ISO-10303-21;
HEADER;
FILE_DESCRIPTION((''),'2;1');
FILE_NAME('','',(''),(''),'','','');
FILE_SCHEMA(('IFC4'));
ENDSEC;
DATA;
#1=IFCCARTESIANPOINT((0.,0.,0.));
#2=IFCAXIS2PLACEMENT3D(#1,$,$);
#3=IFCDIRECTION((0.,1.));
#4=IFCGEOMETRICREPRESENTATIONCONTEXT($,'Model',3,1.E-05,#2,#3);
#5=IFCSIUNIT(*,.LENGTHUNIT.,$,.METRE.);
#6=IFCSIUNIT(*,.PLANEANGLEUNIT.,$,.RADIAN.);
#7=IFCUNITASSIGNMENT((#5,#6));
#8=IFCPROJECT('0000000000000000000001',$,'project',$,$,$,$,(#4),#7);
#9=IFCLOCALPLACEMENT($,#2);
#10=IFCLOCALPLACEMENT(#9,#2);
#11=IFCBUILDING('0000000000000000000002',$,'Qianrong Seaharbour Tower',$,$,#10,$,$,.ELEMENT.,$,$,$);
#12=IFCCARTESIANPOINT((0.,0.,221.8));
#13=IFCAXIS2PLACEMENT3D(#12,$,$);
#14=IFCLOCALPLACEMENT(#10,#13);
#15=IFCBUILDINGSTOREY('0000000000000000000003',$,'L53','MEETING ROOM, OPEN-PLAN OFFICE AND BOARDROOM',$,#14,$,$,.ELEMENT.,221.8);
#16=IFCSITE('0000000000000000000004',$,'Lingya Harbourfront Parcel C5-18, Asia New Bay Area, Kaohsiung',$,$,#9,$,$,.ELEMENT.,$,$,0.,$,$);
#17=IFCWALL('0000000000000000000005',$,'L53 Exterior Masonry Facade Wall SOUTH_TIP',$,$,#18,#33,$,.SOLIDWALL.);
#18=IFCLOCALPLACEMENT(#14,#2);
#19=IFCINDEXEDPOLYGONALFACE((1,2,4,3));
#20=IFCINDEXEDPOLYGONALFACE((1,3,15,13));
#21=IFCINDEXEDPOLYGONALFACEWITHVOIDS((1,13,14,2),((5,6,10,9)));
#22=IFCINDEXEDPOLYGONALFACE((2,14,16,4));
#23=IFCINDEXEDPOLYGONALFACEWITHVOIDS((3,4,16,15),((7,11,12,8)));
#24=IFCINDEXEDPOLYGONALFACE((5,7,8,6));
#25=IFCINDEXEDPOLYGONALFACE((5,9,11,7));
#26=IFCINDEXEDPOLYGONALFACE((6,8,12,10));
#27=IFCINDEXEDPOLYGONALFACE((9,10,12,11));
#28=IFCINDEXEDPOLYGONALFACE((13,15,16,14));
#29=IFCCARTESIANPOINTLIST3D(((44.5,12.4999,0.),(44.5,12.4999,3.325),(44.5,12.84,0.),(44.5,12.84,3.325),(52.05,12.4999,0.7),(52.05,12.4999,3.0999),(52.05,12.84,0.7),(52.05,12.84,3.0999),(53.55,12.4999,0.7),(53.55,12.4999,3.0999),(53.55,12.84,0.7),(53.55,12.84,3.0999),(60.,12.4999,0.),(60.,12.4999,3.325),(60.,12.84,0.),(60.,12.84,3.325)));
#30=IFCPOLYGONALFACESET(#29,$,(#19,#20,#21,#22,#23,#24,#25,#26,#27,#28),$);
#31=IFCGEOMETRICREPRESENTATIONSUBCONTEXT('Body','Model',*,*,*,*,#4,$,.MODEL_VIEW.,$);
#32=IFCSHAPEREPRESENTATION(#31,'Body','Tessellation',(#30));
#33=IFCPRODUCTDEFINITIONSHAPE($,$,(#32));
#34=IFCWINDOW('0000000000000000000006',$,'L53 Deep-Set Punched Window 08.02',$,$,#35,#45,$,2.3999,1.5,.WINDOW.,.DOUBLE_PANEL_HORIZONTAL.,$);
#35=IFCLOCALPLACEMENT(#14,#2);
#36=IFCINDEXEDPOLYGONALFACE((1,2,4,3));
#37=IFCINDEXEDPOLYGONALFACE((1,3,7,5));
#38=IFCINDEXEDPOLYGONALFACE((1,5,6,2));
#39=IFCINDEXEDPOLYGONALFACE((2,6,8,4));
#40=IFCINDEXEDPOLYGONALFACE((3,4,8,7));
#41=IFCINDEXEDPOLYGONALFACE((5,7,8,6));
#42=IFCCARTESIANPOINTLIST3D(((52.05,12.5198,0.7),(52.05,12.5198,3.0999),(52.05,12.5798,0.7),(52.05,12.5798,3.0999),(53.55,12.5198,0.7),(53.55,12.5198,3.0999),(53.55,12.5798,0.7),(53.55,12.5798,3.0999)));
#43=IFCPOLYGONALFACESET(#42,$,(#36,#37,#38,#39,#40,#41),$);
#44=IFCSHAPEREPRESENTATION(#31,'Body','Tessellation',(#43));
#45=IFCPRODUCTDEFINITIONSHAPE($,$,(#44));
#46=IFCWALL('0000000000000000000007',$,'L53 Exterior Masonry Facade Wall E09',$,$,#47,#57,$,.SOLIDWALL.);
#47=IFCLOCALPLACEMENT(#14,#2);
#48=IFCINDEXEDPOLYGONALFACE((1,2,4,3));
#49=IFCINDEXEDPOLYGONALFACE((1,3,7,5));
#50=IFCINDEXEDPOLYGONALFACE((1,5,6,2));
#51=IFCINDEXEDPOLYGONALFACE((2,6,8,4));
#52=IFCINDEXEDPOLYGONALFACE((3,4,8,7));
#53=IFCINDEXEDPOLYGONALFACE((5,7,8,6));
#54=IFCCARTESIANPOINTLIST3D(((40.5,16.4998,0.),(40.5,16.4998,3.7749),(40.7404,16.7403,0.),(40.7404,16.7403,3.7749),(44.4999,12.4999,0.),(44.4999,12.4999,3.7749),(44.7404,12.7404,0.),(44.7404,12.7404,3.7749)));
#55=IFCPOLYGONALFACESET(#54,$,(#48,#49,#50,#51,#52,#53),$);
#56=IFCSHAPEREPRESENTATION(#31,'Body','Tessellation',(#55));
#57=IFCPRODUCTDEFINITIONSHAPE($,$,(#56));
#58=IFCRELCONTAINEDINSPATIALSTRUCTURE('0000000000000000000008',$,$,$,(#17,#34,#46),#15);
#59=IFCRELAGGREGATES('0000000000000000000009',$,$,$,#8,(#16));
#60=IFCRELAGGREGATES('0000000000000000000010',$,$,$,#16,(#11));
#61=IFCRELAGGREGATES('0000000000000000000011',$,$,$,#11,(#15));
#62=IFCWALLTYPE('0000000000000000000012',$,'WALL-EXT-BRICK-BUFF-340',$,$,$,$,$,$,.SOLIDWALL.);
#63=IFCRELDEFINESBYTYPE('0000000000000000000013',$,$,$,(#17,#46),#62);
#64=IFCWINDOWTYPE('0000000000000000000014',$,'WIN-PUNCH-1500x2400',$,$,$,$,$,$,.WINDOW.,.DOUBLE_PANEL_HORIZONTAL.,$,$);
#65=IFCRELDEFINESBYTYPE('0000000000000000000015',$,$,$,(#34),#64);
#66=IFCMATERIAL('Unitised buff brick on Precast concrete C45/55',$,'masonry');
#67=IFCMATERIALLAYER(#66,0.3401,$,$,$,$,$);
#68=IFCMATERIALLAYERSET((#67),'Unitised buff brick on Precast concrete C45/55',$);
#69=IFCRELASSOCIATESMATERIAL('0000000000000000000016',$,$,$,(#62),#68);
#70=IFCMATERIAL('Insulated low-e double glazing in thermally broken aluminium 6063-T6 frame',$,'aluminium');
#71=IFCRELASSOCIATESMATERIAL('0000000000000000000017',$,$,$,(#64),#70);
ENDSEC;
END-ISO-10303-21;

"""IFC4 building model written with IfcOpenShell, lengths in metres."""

from ifc_helpers import new_model, si_unit, direction, frame, frame_2d, origin, place, context, subcontext, project, spatial, rectangle, extrude, material, layer, layer_set, type_object, element, fill, save


model = new_model("IFC4")

# Units and contexts
model_context = context("Model", 3, precision=1e-05, world=origin(), true_north=direction((0.0, 1.0)))
body_context = subcontext(model_context, "Body", "Model", "MODEL_VIEW")
ifc_project = project(units=[si_unit("LENGTHUNIT", "METRE"), si_unit("PLANEANGLEUNIT", "RADIAN")], contexts=[model_context])

# Site, building, storey
site_placement = place(None, origin())
site = spatial("IfcSite", under=ifc_project, at=site_placement, Name="Lingya Harbourfront Parcel C5-18, Asia New Bay Area, Kaohsiung", CompositionType="ELEMENT", RefElevation=0.0)
building_placement = place(site_placement, origin())
building = spatial("IfcBuilding", under=site, at=building_placement, Name="Qianrong Seaharbour Tower", CompositionType="ELEMENT")
storey_placement = place(building_placement, frame((0.0, 0.0, 221.8)))
storey = spatial("IfcBuildingStorey", under=building, at=storey_placement, Name="L53", Description="MEETING ROOM, OPEN-PLAN OFFICE AND BOARDROOM", CompositionType="ELEMENT", Elevation=221.8)

# Shared definitions
ifc_material_1 = material(Name="Unitised buff brick on Precast concrete C45/55", Category="masonry")
ifc_layer_1 = layer(ifc_material_1, 0.3401)
ifc_layer_set_1 = layer_set([ifc_layer_1], Name="Unitised buff brick on Precast concrete C45/55")
wall_type_1 = type_object("IfcWallType", Name="WALL-EXT-BRICK-BUFF-340", PredefinedType="SOLIDWALL", material=ifc_layer_set_1)

# Wall, opening, window
wall_1_placement = place(storey_placement, frame((60.0, 12.6699, 0.0), z_axis=(0.0, 0.0, 1.0), x_axis=(-1.0, 0.0, 0.0)))
wall_1 = element("IfcWall", 1, at=wall_1_placement, inside=storey, type_object=wall_type_1, Name="L53 Exterior Masonry Facade Wall SOUTH_TIP", PredefinedType="SOLIDWALL", context=body_context, shape_type="SweptSolid", body=[
    extrude(rectangle(XDim=15.5, YDim=0.3401, at=frame_2d((7.75, 0.0))), origin(), (0.0, 0.0, 1.0), 3.325),
])
opening_1_placement = place(wall_1_placement, frame((6.45, 0.0, 0.7)))
opening_1 = element("IfcOpeningElement", 2, at=opening_1_placement, cuts=wall_1, PredefinedType="OPENING", context=body_context, shape_type="SweptSolid", body=[
    extrude(rectangle(XDim=1.5, YDim=2.3999, at=frame_2d((0.75, 1.2))), frame((0.0, 0.1802, 0.0), z_axis=(0.0, -1.0, 0.0), x_axis=(1.0, 0.0, 0.0)), (0.0, 0.0, 1.0), 0.3601),
])
ifc_material_2 = material(Name="Insulated low-e double glazing in thermally broken aluminium 6063-T6 frame", Category="aluminium")
window_type = type_object("IfcWindowType", Name="WIN-PUNCH-1500x2400", PartitioningType="DOUBLE_PANEL_HORIZONTAL", PredefinedType="WINDOW", material=ifc_material_2)
window_placement = place(opening_1_placement, origin())
window = element("IfcWindow", 3, at=window_placement, inside=storey, type_object=window_type, Name="L53 Deep-Set Punched Window 08.02", OverallHeight=2.3999, OverallWidth=1.5, PartitioningType="DOUBLE_PANEL_HORIZONTAL", PredefinedType="WINDOW", context=body_context, shape_type="SweptSolid", body=[
    extrude(rectangle(XDim=1.5, YDim=2.3999, at=frame_2d((0.75, 1.2))), frame((0.0, 0.1501, 0.0), z_axis=(0.0, -1.0, 0.0), x_axis=(1.0, 0.0, 0.0)), (0.0, 0.0, 1.0), 0.0601),
])
fill(opening_1, window)

# Wall
wall_2_placement = place(storey_placement, frame((44.6201, 12.6201, 0.0), z_axis=(0.0, 0.0, 1.0), x_axis=(-0.707107, 0.707107, 0.0)))
element("IfcWall", 4, at=wall_2_placement, inside=storey, type_object=wall_type_1, Name="L53 Exterior Masonry Facade Wall E09", PredefinedType="SOLIDWALL", context=body_context, shape_type="SweptSolid", body=[
    extrude(rectangle(XDim=5.6567, YDim=0.3401, at=frame_2d((2.8284, 0.0))), origin(), (0.0, 0.0, 1.0), 3.7749),
])

save(model, "model.ifc")
